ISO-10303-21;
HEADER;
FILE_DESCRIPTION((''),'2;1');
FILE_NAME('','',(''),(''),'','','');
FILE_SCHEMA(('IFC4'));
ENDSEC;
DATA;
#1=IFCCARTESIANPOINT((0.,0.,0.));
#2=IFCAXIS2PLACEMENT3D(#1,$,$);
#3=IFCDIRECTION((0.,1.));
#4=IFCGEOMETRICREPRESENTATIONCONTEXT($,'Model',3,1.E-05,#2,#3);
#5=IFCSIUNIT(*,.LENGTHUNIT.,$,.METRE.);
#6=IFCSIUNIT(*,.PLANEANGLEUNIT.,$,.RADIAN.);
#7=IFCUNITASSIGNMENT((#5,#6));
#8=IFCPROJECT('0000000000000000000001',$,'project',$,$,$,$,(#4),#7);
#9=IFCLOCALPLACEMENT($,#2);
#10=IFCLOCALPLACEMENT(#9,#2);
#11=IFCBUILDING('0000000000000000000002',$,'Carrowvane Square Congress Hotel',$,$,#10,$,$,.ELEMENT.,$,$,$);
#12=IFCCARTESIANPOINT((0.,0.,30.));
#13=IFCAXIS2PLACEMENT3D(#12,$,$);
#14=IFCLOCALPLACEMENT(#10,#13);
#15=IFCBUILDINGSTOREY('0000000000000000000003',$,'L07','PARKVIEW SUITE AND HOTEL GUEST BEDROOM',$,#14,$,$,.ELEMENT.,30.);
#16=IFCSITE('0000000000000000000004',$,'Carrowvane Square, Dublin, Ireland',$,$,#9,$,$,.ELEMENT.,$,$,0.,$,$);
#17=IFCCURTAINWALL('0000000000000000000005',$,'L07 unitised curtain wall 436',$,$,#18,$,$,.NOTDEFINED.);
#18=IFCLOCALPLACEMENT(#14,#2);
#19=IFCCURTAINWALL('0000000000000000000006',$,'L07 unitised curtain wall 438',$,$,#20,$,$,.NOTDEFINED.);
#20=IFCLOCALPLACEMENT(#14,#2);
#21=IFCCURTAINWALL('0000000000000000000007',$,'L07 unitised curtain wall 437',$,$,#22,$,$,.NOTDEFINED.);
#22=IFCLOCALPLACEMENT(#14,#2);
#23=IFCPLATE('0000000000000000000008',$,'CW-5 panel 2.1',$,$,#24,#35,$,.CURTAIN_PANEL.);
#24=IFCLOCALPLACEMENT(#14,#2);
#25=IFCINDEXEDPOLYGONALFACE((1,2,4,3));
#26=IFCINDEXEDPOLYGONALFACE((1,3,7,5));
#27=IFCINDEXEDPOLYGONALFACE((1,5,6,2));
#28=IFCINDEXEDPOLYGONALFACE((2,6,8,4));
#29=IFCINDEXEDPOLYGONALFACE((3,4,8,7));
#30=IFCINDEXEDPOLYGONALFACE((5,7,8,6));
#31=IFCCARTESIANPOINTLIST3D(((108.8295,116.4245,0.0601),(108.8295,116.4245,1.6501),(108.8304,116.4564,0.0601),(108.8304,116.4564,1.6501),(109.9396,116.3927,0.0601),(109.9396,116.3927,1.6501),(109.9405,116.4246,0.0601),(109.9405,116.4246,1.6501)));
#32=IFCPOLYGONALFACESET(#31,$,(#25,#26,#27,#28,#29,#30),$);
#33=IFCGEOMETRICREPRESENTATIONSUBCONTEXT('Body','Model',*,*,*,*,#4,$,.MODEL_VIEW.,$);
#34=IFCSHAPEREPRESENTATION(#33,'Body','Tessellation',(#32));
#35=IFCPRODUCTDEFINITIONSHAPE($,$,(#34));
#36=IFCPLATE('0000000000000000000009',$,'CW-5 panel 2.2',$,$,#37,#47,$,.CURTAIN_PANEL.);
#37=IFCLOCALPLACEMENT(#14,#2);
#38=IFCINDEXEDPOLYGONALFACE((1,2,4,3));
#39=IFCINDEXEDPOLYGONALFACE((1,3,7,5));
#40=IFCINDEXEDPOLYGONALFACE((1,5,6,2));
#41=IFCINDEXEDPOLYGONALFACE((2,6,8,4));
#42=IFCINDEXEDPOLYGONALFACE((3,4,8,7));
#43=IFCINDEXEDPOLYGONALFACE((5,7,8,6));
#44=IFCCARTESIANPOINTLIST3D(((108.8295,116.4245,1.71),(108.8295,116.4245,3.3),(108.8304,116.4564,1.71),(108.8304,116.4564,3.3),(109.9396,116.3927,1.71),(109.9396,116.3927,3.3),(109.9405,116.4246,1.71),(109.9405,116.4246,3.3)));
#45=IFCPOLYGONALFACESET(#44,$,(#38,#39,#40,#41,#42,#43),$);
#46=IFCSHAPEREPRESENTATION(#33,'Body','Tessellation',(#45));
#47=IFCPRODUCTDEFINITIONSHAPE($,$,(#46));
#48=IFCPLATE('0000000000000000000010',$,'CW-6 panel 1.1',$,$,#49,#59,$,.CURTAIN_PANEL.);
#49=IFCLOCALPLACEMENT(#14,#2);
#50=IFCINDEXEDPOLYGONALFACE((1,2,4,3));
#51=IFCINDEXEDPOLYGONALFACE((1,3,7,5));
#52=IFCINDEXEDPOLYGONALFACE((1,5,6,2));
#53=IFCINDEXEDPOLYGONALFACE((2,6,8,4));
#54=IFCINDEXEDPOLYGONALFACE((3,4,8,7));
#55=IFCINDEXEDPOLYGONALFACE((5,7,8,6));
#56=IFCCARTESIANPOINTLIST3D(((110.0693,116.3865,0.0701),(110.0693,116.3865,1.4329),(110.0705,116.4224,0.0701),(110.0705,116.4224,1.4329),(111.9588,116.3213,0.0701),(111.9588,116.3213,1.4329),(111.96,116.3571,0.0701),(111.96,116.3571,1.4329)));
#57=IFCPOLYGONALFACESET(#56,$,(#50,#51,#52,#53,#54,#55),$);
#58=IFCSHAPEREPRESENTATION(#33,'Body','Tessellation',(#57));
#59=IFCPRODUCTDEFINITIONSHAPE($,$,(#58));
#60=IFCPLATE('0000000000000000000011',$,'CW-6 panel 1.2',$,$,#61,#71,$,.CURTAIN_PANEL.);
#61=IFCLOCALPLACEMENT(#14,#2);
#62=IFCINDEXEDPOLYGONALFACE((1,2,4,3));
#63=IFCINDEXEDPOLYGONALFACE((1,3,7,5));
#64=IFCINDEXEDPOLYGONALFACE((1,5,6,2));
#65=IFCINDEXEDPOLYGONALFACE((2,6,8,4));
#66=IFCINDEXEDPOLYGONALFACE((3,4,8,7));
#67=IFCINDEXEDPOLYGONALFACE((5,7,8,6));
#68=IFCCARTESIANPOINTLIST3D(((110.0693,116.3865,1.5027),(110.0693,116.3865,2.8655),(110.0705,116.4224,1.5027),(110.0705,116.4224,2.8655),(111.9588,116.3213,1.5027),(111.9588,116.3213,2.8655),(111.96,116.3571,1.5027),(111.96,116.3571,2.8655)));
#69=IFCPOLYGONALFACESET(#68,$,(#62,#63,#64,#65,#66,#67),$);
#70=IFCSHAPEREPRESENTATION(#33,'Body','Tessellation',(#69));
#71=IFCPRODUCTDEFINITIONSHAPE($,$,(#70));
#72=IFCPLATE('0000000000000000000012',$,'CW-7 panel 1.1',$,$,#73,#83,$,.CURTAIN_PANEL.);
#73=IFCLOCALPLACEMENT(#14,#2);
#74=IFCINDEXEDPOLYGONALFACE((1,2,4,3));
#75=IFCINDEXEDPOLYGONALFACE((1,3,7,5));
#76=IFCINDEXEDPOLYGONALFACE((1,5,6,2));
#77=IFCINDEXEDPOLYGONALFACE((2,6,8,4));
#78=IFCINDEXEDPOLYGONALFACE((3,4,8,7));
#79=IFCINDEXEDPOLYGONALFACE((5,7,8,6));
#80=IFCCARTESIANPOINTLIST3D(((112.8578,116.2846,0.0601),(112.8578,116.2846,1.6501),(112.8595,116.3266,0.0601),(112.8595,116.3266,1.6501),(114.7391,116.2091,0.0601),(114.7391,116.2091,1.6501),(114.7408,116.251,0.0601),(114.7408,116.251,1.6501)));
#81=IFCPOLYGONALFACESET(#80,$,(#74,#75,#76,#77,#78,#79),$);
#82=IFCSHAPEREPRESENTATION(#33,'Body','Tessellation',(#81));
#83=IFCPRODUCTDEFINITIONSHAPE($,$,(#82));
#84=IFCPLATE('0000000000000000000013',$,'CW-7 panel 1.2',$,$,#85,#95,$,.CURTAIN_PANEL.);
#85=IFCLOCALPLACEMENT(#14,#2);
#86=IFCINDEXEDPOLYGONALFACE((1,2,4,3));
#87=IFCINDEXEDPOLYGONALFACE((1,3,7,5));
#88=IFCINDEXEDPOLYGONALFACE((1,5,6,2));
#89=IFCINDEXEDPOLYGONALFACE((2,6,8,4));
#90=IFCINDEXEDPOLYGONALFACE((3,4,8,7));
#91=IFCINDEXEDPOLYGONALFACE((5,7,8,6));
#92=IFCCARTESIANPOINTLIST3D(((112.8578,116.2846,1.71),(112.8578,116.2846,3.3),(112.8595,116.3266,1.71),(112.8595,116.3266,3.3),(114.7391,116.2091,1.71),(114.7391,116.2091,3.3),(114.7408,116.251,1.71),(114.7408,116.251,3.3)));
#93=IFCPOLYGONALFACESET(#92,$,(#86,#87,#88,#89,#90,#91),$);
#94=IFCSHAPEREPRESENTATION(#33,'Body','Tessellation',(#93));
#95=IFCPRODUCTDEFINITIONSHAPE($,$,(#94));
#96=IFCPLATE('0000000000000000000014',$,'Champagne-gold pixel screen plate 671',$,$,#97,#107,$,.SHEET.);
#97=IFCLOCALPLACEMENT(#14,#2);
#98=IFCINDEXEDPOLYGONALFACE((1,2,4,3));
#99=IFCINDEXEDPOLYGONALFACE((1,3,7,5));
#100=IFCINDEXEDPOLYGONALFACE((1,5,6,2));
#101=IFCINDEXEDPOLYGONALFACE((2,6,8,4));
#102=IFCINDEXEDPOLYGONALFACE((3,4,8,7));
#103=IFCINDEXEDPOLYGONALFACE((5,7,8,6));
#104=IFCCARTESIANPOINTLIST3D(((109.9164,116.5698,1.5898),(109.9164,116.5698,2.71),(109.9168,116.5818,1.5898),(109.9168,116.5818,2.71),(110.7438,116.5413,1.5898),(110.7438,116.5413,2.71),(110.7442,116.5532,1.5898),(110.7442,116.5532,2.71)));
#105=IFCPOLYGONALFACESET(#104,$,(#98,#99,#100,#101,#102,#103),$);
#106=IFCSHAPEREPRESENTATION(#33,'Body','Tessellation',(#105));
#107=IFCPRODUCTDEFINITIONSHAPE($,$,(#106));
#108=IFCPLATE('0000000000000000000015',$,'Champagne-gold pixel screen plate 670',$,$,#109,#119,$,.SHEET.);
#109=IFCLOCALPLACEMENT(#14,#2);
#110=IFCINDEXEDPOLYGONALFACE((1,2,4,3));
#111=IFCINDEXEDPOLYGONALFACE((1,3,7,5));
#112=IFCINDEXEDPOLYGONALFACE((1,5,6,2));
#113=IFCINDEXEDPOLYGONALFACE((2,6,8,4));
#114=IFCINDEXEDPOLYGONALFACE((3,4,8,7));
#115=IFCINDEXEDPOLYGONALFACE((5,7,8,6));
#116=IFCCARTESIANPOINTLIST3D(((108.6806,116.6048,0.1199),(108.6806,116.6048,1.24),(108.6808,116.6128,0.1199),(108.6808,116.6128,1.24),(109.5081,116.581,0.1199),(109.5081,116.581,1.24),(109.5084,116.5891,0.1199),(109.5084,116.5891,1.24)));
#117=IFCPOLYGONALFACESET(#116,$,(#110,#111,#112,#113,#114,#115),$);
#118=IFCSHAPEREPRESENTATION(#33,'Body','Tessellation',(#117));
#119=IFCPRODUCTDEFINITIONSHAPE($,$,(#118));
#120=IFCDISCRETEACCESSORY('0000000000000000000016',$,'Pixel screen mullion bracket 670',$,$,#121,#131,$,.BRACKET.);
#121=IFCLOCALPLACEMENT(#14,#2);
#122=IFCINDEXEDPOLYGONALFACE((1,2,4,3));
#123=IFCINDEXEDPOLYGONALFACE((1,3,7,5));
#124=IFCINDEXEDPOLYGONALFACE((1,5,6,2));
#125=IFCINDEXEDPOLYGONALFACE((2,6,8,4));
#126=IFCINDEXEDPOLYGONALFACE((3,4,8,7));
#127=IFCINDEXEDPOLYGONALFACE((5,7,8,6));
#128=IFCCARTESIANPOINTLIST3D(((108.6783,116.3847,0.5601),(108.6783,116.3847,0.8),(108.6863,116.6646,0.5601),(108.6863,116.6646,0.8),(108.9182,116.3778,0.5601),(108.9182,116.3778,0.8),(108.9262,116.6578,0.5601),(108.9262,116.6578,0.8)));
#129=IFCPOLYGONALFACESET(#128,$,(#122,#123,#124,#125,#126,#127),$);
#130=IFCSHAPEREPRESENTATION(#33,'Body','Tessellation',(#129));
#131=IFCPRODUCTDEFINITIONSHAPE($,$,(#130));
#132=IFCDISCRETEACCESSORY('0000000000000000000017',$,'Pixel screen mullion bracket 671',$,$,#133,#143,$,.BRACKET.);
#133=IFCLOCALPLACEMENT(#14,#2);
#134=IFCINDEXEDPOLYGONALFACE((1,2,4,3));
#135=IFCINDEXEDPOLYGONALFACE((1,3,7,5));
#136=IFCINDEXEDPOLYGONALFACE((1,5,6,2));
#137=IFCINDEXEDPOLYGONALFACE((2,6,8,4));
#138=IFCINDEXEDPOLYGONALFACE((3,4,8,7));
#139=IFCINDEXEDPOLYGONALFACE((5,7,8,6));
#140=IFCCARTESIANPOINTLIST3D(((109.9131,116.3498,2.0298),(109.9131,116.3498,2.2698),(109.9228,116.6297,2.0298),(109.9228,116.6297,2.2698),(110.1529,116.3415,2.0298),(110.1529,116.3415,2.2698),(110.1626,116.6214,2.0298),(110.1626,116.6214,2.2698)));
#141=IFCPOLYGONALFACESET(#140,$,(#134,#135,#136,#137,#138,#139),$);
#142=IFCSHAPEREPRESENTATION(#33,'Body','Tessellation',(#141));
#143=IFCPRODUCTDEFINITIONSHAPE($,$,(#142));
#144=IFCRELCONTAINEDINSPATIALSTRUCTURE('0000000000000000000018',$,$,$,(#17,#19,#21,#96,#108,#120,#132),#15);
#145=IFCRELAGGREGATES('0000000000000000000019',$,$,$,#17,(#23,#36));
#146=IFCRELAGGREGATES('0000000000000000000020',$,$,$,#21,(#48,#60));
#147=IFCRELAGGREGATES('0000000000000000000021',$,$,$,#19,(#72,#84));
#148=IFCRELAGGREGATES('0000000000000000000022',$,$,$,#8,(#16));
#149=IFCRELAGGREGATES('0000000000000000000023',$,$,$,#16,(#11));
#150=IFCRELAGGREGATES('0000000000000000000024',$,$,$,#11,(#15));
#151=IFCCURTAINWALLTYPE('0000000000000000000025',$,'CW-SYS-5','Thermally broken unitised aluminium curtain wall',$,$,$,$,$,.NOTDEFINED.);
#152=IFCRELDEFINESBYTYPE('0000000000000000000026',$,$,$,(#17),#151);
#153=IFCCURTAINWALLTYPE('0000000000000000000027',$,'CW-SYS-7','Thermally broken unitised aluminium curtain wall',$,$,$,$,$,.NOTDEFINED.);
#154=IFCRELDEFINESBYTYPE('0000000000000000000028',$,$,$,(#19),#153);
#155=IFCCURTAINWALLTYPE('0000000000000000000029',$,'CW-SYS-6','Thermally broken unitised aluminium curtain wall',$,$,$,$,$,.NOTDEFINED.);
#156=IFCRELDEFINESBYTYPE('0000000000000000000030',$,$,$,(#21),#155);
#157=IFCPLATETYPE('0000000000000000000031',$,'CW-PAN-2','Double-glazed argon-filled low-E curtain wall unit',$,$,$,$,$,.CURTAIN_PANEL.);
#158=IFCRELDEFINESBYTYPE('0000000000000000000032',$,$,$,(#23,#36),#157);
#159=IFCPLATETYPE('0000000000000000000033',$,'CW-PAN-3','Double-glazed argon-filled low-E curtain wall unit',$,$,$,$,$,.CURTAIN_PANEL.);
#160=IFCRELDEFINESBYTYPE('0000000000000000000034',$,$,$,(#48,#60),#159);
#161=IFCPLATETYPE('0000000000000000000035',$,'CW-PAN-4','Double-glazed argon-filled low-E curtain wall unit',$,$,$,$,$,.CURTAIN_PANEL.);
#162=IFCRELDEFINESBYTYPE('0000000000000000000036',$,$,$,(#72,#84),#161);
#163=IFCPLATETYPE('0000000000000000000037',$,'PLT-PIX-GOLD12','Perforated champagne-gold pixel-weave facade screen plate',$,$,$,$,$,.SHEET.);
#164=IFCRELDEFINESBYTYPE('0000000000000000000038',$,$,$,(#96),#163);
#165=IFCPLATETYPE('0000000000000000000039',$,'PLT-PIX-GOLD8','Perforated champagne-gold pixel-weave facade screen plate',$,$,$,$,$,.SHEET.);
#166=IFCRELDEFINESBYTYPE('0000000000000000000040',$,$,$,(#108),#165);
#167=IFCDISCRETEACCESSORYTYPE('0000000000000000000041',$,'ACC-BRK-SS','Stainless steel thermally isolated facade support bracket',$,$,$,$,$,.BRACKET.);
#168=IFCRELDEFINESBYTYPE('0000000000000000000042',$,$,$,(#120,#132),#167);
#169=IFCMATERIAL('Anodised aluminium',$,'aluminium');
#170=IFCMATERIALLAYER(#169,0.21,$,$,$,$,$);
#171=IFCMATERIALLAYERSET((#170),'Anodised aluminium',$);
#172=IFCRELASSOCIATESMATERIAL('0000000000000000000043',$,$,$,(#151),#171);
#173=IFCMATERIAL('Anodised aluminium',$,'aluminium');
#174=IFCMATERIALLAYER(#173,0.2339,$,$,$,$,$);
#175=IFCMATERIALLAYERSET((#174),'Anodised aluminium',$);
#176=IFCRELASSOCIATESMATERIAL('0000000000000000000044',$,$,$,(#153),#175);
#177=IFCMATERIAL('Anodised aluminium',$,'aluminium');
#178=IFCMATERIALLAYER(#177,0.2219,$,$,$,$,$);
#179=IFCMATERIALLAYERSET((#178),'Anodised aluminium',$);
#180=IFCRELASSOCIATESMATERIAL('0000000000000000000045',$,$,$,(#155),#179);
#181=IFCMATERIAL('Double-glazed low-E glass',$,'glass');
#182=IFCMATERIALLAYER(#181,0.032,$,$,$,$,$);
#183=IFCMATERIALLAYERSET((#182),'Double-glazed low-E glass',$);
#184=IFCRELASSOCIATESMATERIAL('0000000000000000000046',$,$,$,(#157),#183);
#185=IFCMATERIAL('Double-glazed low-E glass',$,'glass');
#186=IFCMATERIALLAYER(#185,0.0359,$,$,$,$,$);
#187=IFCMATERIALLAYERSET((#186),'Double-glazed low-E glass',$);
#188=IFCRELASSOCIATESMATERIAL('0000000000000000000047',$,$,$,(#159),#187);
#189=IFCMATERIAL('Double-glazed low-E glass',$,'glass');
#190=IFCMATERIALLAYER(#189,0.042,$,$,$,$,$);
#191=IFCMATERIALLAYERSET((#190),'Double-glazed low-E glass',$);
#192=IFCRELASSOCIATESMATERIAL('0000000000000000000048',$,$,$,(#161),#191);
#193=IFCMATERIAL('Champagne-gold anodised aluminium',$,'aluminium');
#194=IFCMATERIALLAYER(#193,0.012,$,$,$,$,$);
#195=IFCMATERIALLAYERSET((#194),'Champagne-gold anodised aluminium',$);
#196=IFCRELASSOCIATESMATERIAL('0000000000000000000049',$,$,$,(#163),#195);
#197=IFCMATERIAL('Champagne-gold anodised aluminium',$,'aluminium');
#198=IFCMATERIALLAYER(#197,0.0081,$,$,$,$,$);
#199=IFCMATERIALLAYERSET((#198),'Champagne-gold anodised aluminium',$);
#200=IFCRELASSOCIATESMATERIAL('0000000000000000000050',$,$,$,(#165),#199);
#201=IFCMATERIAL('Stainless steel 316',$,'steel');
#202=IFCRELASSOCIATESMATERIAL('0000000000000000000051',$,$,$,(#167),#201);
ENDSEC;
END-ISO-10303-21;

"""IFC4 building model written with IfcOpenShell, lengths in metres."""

from ifc_helpers import new_model, si_unit, direction, frame, origin, origin_2d, place, context, subcontext, project, spatial, rectangle, extrude, material, layer, layer_set, type_object, element, aggregate, save


model = new_model("IFC4")

# Units and contexts
model_context = context("Model", 3, precision=1e-05, world=origin(), true_north=direction((0.0, 1.0)))
body_context = subcontext(model_context, "Body", "Model", "MODEL_VIEW")
ifc_project = project(units=[si_unit("LENGTHUNIT", "METRE"), si_unit("PLANEANGLEUNIT", "RADIAN")], contexts=[model_context])

# Site, building, storey
site_placement = place(None, origin())
site = spatial("IfcSite", under=ifc_project, at=site_placement, Name="Carrowvane Square, Dublin, Ireland", CompositionType="ELEMENT", RefElevation=0.0)
building_placement = place(site_placement, origin())
building = spatial("IfcBuilding", under=site, at=building_placement, Name="Carrowvane Square Congress Hotel", CompositionType="ELEMENT")
storey_placement = place(building_placement, frame((0.0, 0.0, 30.0)))
storey = spatial("IfcBuildingStorey", under=building, at=storey_placement, Name="L07", Description="PARKVIEW SUITE AND HOTEL GUEST BEDROOM", CompositionType="ELEMENT", Elevation=30.0)

# Curtain wall
ifc_material_1 = material(Name="Anodised aluminium", Category="aluminium")
ifc_layer_1 = layer(ifc_material_1, 0.21)
ifc_layer_set_1 = layer_set([ifc_layer_1], Name="Anodised aluminium")
curtain_wall_type_1 = type_object("IfcCurtainWallType", Name="CW-SYS-5", Description="Thermally broken unitised aluminium curtain wall", PredefinedType="NOTDEFINED", material=ifc_layer_set_1)
curtain_wall_1_placement = place(storey_placement, origin())
curtain_wall_1 = element("IfcCurtainWall", 1, at=curtain_wall_1_placement, inside=storey, type_object=curtain_wall_type_1, Name="L07 unitised curtain wall 436", PredefinedType="NOTDEFINED")

# Curtain wall
ifc_material_2 = material(Name="Anodised aluminium", Category="aluminium")
ifc_layer_2 = layer(ifc_material_2, 0.2339)
ifc_layer_set_2 = layer_set([ifc_layer_2], Name="Anodised aluminium")
curtain_wall_type_2 = type_object("IfcCurtainWallType", Name="CW-SYS-7", Description="Thermally broken unitised aluminium curtain wall", PredefinedType="NOTDEFINED", material=ifc_layer_set_2)
curtain_wall_2_placement = place(storey_placement, origin())
curtain_wall_2 = element("IfcCurtainWall", 2, at=curtain_wall_2_placement, inside=storey, type_object=curtain_wall_type_2, Name="L07 unitised curtain wall 438", PredefinedType="NOTDEFINED")

# Curtain wall
ifc_material_3 = material(Name="Anodised aluminium", Category="aluminium")
ifc_layer_3 = layer(ifc_material_3, 0.2219)
ifc_layer_set_3 = layer_set([ifc_layer_3], Name="Anodised aluminium")
curtain_wall_type_3 = type_object("IfcCurtainWallType", Name="CW-SYS-6", Description="Thermally broken unitised aluminium curtain wall", PredefinedType="NOTDEFINED", material=ifc_layer_set_3)
curtain_wall_3_placement = place(storey_placement, origin())
curtain_wall_3 = element("IfcCurtainWall", 3, at=curtain_wall_3_placement, inside=storey, type_object=curtain_wall_type_3, Name="L07 unitised curtain wall 437", PredefinedType="NOTDEFINED")

# Plates
ifc_material_4 = material(Name="Double-glazed low-E glass", Category="glass")
ifc_layer_4 = layer(ifc_material_4, 0.032)
ifc_layer_set_4 = layer_set([ifc_layer_4], Name="Double-glazed low-E glass")
plate_type_1 = type_object("IfcPlateType", Name="CW-PAN-2", Description="Double-glazed argon-filled low-E curtain wall unit", PredefinedType="CURTAIN_PANEL", material=ifc_layer_set_4)
plate_1_placement = place(storey_placement, frame((109.385, 116.4246, 0.0601), z_axis=(0.0, 0.0, 1.0), x_axis=(0.99959, -0.028638, 0.0)))
plate_1 = element("IfcPlate", 4, at=plate_1_placement, type_object=plate_type_1, Name="CW-5 panel 2.1", PredefinedType="CURTAIN_PANEL", context=body_context, shape_type="SweptSolid", body=[
    extrude(rectangle(XDim=1.1106, YDim=0.032, at=origin_2d()), origin(), (0.0, 0.0, 1.0), 1.5901),
])
plate_2_placement = place(storey_placement, frame((109.385, 116.4246, 1.71), z_axis=(0.0, 0.0, 1.0), x_axis=(0.99959, -0.028638, 0.0)))
plate_2 = element("IfcPlate", 5, at=plate_2_placement, type_object=plate_type_1, Name="CW-5 panel 2.2", PredefinedType="CURTAIN_PANEL", context=body_context, shape_type="SweptSolid", body=[
    extrude(rectangle(XDim=1.1106, YDim=0.032, at=origin_2d()), origin(), (0.0, 0.0, 1.0), 1.5901),
])
aggregate(curtain_wall_1, [plate_1, plate_2])
ifc_material_5 = material(Name="Double-glazed low-E glass", Category="glass")
ifc_layer_5 = layer(ifc_material_5, 0.0359)
ifc_layer_set_5 = layer_set([ifc_layer_5], Name="Double-glazed low-E glass")
plate_type_2 = type_object("IfcPlateType", Name="CW-PAN-3", Description="Double-glazed argon-filled low-E curtain wall unit", PredefinedType="CURTAIN_PANEL", material=ifc_layer_set_5)
plate_3_placement = place(storey_placement, frame((111.0146, 116.3718, 0.0701), z_axis=(0.0, 0.0, 1.0), x_axis=(0.999404, -0.03453, 0.0)))
plate_3 = element("IfcPlate", 6, at=plate_3_placement, type_object=plate_type_2, Name="CW-6 panel 1.1", PredefinedType="CURTAIN_PANEL", context=body_context, shape_type="SweptSolid", body=[
    extrude(rectangle(XDim=1.8906, YDim=0.0359, at=origin_2d()), origin(), (0.0, 0.0, 1.0), 1.3628),
])
plate_4_placement = place(storey_placement, frame((111.0146, 116.3718, 1.5027), z_axis=(0.0, 0.0, 1.0), x_axis=(0.999404, -0.03453, 0.0)))
plate_4 = element("IfcPlate", 7, at=plate_4_placement, type_object=plate_type_2, Name="CW-6 panel 1.2", PredefinedType="CURTAIN_PANEL", context=body_context, shape_type="SweptSolid", body=[
    extrude(rectangle(XDim=1.8906, YDim=0.0359, at=origin_2d()), origin(), (0.0, 0.0, 1.0), 1.3628),
])
aggregate(curtain_wall_3, [plate_3, plate_4])
ifc_material_6 = material(Name="Double-glazed low-E glass", Category="glass")
ifc_layer_6 = layer(ifc_material_6, 0.042)
ifc_layer_set_6 = layer_set([ifc_layer_6], Name="Double-glazed low-E glass")
plate_type_3 = type_object("IfcPlateType", Name="CW-PAN-4", Description="Double-glazed argon-filled low-E curtain wall unit", PredefinedType="CURTAIN_PANEL", material=ifc_layer_set_6)
plate_5_placement = place(storey_placement, frame((113.7993, 116.2678, 0.0601), z_axis=(0.0, 0.0, 1.0), x_axis=(0.999194, -0.040131, 0.0)))
plate_5 = element("IfcPlate", 8, at=plate_5_placement, type_object=plate_type_3, Name="CW-7 panel 1.1", PredefinedType="CURTAIN_PANEL", context=body_context, shape_type="SweptSolid", body=[
    extrude(rectangle(XDim=1.8828, YDim=0.042, at=origin_2d()), origin(), (0.0, 0.0, 1.0), 1.5901),
])
plate_6_placement = place(storey_placement, frame((113.7993, 116.2678, 1.71), z_axis=(0.0, 0.0, 1.0), x_axis=(0.999194, -0.040131, 0.0)))
plate_6 = element("IfcPlate", 9, at=plate_6_placement, type_object=plate_type_3, Name="CW-7 panel 1.2", PredefinedType="CURTAIN_PANEL", context=body_context, shape_type="SweptSolid", body=[
    extrude(rectangle(XDim=1.8828, YDim=0.042, at=origin_2d()), origin(), (0.0, 0.0, 1.0), 1.5901),
])
aggregate(curtain_wall_2, [plate_5, plate_6])

# Plates
ifc_material_7 = material(Name="Champagne-gold anodised aluminium", Category="aluminium")
ifc_layer_7 = layer(ifc_material_7, 0.012)
ifc_layer_set_7 = layer_set([ifc_layer_7], Name="Champagne-gold anodised aluminium")
plate_type_4 = type_object("IfcPlateType", Name="PLT-PIX-GOLD12", Description="Perforated champagne-gold pixel-weave facade screen plate", PredefinedType="SHEET", material=ifc_layer_set_7)
plate_7_placement = place(storey_placement, frame((110.3303, 116.5615, 1.5898), z_axis=(0.0, 0.0, 1.0), x_axis=(0.999404, -0.034527, 0.0)))
element("IfcPlate", 10, at=plate_7_placement, inside=storey, type_object=plate_type_4, Name="Champagne-gold pixel screen plate 671", PredefinedType="SHEET", context=body_context, shape_type="SweptSolid", body=[
    extrude(rectangle(XDim=0.8279, YDim=0.012, at=origin_2d()), origin(), (0.0, 0.0, 1.0), 1.1201),
])
ifc_material_8 = material(Name="Champagne-gold anodised aluminium", Category="aluminium")
ifc_layer_8 = layer(ifc_material_8, 0.0081)
ifc_layer_set_8 = layer_set([ifc_layer_8], Name="Champagne-gold anodised aluminium")
plate_type_5 = type_object("IfcPlateType", Name="PLT-PIX-GOLD8", Description="Perforated champagne-gold pixel-weave facade screen plate", PredefinedType="SHEET", material=ifc_layer_set_8)
plate_8_placement = place(storey_placement, frame((109.0945, 116.5969, 0.1199), z_axis=(0.0, 0.0, 1.0), x_axis=(0.99959, -0.028639, 0.0)))
element("IfcPlate", 11, at=plate_8_placement, inside=storey, type_object=plate_type_5, Name="Champagne-gold pixel screen plate 670", PredefinedType="SHEET", context=body_context, shape_type="SweptSolid", body=[
    extrude(rectangle(XDim=0.8279, YDim=0.0081, at=origin_2d()), origin(), (0.0, 0.0, 1.0), 1.1201),
])

# Discrete accessories
ifc_material_9 = material(Name="Stainless steel 316", Category="steel")
discrete_accessory_type = type_object("IfcDiscreteAccessoryType", Name="ACC-BRK-SS", Description="Stainless steel thermally isolated facade support bracket", PredefinedType="BRACKET", material=ifc_material_9)
for number, where, z_axis, x_axis, name in (
    (12, (108.8022, 116.5212, 0.5601), (0.0, 0.0, 1.0), (0.99959, -0.028639, 0.0), "Pixel screen mullion bracket 670"),
    (13, (110.0378, 116.4856, 2.0298), (0.0, 0.0, 1.0), (0.999404, -0.034527, 0.0), "Pixel screen mullion bracket 671"),
):
    element("IfcDiscreteAccessory", number, at=place(storey_placement, frame(where, z_axis=z_axis, x_axis=x_axis)), inside=storey, type_object=discrete_accessory_type, Name=name, PredefinedType="BRACKET", context=body_context, shape_type="SweptSolid", body=[
        extrude(rectangle(XDim=0.24, YDim=0.28, at=origin_2d()), origin(), (0.0, 0.0, 1.0), 0.24),
    ])

save(model, "model.ifc")
